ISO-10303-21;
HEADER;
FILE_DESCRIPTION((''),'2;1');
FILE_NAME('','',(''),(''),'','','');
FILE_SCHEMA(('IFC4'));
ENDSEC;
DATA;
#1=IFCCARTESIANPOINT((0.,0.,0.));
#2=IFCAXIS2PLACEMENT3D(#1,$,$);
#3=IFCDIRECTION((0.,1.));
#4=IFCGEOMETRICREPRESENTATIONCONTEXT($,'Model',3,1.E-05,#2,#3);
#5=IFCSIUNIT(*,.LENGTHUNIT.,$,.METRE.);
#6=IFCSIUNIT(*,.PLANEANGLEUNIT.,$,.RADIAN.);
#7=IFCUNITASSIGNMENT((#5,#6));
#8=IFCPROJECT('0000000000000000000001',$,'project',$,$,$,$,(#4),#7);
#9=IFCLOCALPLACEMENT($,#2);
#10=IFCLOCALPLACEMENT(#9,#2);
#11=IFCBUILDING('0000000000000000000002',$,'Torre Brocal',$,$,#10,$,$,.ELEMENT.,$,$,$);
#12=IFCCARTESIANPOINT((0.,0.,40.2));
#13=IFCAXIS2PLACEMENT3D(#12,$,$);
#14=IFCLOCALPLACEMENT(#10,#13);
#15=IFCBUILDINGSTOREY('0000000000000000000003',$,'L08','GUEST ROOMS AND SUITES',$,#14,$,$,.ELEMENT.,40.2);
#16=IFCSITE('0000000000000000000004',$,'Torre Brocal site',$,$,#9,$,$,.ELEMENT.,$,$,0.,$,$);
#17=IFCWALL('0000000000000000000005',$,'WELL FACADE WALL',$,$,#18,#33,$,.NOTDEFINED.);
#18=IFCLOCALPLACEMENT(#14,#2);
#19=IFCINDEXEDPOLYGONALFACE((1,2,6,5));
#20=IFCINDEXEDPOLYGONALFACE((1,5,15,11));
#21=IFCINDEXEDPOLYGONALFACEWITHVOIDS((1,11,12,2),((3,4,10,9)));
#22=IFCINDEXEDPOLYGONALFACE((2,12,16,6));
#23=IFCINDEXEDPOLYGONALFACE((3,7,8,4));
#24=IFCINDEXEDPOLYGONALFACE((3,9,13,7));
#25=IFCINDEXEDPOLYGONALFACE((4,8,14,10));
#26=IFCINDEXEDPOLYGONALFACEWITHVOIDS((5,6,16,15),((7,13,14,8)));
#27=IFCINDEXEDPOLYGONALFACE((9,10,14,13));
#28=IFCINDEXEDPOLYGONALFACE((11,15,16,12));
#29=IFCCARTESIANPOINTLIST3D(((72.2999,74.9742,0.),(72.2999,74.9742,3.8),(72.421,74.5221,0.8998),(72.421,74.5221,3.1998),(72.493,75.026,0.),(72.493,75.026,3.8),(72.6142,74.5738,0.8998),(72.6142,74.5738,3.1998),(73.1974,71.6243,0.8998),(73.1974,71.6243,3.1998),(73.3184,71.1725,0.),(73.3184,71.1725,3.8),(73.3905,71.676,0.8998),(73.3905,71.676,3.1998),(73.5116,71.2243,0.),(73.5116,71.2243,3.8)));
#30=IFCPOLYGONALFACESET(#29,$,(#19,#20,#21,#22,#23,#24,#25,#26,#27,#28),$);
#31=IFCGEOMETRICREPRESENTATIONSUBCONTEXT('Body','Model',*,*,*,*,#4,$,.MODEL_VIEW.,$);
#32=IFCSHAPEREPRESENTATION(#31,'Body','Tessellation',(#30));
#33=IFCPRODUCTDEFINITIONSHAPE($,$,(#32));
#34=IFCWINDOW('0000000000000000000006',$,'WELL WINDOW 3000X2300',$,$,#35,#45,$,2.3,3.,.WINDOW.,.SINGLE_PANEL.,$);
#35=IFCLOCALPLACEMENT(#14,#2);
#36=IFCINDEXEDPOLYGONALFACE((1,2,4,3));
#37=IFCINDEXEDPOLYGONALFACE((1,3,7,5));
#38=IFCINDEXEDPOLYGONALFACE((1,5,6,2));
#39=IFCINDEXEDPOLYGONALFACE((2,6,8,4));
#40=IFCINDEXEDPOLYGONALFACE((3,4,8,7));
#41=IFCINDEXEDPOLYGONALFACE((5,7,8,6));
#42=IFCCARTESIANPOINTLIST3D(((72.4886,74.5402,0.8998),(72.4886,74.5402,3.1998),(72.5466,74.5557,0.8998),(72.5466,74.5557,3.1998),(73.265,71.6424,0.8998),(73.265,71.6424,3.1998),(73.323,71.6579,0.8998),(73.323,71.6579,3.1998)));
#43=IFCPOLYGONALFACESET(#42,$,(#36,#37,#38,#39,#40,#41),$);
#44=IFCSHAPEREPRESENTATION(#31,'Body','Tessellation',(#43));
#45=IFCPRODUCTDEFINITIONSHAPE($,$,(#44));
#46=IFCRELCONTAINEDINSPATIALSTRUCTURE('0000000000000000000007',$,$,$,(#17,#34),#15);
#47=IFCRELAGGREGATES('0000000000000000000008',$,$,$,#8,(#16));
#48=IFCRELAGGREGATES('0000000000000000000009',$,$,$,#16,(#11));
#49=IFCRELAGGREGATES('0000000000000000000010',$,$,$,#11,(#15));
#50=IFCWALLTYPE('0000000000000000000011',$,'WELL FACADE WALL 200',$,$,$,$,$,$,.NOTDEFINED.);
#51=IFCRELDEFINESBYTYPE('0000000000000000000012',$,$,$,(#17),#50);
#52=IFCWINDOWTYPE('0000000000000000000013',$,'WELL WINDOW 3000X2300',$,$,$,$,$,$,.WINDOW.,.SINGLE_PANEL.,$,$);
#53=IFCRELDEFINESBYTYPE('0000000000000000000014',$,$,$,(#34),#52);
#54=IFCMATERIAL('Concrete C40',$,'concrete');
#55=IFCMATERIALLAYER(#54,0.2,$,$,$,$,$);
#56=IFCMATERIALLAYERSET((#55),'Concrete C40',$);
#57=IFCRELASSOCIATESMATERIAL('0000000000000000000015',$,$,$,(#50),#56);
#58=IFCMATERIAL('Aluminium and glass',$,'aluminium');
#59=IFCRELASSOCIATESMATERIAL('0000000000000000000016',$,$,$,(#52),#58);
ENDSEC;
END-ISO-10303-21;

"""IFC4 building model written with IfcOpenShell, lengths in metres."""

from ifc_helpers import new_model, si_unit, direction, frame, frame_2d, origin, place, context, subcontext, project, spatial, rectangle, extrude, material, layer, layer_set, type_object, element, fill, save


model = new_model("IFC4")

# Units and contexts
model_context = context("Model", 3, precision=1e-05, world=origin(), true_north=direction((0.0, 1.0)))
body_context = subcontext(model_context, "Body", "Model", "MODEL_VIEW")
ifc_project = project(units=[si_unit("LENGTHUNIT", "METRE"), si_unit("PLANEANGLEUNIT", "RADIAN")], contexts=[model_context])

# Site, building, storey
site_placement = place(None, origin())
site = spatial("IfcSite", under=ifc_project, at=site_placement, Name="Torre Brocal site", CompositionType="ELEMENT", RefElevation=0.0)
building_placement = place(site_placement, origin())
building = spatial("IfcBuilding", under=site, at=building_placement, Name="Torre Brocal", CompositionType="ELEMENT")
storey_placement = place(building_placement, frame((0.0, 0.0, 40.2)))
storey = spatial("IfcBuildingStorey", under=building, at=storey_placement, Name="L08", Description="GUEST ROOMS AND SUITES", CompositionType="ELEMENT", Elevation=40.2)

# Wall, opening, window
ifc_material_1 = material(Name="Concrete C40", Category="concrete")
ifc_layer_1 = layer(ifc_material_1, 0.2)
ifc_layer_set_1 = layer_set([ifc_layer_1], Name="Concrete C40")
wall_type_1 = type_object("IfcWallType", Name="WELL FACADE WALL 200", PredefinedType="NOTDEFINED", material=ifc_layer_set_1)
ifc_material_2 = material(Name="Aluminium and glass", Category="aluminium")
window_type = type_object("IfcWindowType", Name="WELL WINDOW 3000X2300", PartitioningType="SINGLE_PANEL", PredefinedType="WINDOW", material=ifc_material_2)
wall_1_placement = place(storey_placement, frame((72.3965, 75.0, 0.0), z_axis=(0.0, 0.0, 1.0), x_axis=(0.25879, -0.965934, 0.0)))
wall_1 = element("IfcWall", 1, at=wall_1_placement, inside=storey, type_object=wall_type_1, Name="WELL FACADE WALL", PredefinedType="NOTDEFINED", context=body_context, shape_type="SweptSolid", body=[
    extrude(rectangle(XDim=3.9358, YDim=0.2, at=frame_2d((1.9678, 0.0))), origin(), (0.0, 0.0, 1.0), 3.8),
])
opening_1_placement = place(wall_1_placement, frame((0.468, 0.0, 0.8999)))
opening_1 = element("IfcOpeningElement", 2, at=opening_1_placement, cuts=wall_1, PredefinedType="OPENING", context=body_context, shape_type="SweptSolid", body=[
    extrude(rectangle(XDim=3.0, YDim=2.3, at=frame_2d((1.5, 1.1499))), frame((0.0, 0.1099, 0.0), z_axis=(0.0, -1.0, 0.0), x_axis=(1.0, 0.0, 0.0)), (0.0, 0.0, 1.0), 0.22),
])
window_1_placement = place(opening_1_placement, origin())
window_1 = element("IfcWindow", 3, at=window_1_placement, inside=storey, type_object=window_type, Name="WELL WINDOW 3000X2300", OverallHeight=2.3, OverallWidth=3.0, PartitioningType="SINGLE_PANEL", PredefinedType="WINDOW", context=body_context, shape_type="SweptSolid", body=[
    extrude(rectangle(XDim=3.0, YDim=2.3, at=frame_2d((1.5, 1.1499))), frame((0.0, 0.03, 0.0), z_axis=(0.0, -1.0, 0.0), x_axis=(1.0, 0.0, 0.0)), (0.0, 0.0, 1.0), 0.0601),
])
fill(opening_1, window_1)

save(model, "model.ifc")
